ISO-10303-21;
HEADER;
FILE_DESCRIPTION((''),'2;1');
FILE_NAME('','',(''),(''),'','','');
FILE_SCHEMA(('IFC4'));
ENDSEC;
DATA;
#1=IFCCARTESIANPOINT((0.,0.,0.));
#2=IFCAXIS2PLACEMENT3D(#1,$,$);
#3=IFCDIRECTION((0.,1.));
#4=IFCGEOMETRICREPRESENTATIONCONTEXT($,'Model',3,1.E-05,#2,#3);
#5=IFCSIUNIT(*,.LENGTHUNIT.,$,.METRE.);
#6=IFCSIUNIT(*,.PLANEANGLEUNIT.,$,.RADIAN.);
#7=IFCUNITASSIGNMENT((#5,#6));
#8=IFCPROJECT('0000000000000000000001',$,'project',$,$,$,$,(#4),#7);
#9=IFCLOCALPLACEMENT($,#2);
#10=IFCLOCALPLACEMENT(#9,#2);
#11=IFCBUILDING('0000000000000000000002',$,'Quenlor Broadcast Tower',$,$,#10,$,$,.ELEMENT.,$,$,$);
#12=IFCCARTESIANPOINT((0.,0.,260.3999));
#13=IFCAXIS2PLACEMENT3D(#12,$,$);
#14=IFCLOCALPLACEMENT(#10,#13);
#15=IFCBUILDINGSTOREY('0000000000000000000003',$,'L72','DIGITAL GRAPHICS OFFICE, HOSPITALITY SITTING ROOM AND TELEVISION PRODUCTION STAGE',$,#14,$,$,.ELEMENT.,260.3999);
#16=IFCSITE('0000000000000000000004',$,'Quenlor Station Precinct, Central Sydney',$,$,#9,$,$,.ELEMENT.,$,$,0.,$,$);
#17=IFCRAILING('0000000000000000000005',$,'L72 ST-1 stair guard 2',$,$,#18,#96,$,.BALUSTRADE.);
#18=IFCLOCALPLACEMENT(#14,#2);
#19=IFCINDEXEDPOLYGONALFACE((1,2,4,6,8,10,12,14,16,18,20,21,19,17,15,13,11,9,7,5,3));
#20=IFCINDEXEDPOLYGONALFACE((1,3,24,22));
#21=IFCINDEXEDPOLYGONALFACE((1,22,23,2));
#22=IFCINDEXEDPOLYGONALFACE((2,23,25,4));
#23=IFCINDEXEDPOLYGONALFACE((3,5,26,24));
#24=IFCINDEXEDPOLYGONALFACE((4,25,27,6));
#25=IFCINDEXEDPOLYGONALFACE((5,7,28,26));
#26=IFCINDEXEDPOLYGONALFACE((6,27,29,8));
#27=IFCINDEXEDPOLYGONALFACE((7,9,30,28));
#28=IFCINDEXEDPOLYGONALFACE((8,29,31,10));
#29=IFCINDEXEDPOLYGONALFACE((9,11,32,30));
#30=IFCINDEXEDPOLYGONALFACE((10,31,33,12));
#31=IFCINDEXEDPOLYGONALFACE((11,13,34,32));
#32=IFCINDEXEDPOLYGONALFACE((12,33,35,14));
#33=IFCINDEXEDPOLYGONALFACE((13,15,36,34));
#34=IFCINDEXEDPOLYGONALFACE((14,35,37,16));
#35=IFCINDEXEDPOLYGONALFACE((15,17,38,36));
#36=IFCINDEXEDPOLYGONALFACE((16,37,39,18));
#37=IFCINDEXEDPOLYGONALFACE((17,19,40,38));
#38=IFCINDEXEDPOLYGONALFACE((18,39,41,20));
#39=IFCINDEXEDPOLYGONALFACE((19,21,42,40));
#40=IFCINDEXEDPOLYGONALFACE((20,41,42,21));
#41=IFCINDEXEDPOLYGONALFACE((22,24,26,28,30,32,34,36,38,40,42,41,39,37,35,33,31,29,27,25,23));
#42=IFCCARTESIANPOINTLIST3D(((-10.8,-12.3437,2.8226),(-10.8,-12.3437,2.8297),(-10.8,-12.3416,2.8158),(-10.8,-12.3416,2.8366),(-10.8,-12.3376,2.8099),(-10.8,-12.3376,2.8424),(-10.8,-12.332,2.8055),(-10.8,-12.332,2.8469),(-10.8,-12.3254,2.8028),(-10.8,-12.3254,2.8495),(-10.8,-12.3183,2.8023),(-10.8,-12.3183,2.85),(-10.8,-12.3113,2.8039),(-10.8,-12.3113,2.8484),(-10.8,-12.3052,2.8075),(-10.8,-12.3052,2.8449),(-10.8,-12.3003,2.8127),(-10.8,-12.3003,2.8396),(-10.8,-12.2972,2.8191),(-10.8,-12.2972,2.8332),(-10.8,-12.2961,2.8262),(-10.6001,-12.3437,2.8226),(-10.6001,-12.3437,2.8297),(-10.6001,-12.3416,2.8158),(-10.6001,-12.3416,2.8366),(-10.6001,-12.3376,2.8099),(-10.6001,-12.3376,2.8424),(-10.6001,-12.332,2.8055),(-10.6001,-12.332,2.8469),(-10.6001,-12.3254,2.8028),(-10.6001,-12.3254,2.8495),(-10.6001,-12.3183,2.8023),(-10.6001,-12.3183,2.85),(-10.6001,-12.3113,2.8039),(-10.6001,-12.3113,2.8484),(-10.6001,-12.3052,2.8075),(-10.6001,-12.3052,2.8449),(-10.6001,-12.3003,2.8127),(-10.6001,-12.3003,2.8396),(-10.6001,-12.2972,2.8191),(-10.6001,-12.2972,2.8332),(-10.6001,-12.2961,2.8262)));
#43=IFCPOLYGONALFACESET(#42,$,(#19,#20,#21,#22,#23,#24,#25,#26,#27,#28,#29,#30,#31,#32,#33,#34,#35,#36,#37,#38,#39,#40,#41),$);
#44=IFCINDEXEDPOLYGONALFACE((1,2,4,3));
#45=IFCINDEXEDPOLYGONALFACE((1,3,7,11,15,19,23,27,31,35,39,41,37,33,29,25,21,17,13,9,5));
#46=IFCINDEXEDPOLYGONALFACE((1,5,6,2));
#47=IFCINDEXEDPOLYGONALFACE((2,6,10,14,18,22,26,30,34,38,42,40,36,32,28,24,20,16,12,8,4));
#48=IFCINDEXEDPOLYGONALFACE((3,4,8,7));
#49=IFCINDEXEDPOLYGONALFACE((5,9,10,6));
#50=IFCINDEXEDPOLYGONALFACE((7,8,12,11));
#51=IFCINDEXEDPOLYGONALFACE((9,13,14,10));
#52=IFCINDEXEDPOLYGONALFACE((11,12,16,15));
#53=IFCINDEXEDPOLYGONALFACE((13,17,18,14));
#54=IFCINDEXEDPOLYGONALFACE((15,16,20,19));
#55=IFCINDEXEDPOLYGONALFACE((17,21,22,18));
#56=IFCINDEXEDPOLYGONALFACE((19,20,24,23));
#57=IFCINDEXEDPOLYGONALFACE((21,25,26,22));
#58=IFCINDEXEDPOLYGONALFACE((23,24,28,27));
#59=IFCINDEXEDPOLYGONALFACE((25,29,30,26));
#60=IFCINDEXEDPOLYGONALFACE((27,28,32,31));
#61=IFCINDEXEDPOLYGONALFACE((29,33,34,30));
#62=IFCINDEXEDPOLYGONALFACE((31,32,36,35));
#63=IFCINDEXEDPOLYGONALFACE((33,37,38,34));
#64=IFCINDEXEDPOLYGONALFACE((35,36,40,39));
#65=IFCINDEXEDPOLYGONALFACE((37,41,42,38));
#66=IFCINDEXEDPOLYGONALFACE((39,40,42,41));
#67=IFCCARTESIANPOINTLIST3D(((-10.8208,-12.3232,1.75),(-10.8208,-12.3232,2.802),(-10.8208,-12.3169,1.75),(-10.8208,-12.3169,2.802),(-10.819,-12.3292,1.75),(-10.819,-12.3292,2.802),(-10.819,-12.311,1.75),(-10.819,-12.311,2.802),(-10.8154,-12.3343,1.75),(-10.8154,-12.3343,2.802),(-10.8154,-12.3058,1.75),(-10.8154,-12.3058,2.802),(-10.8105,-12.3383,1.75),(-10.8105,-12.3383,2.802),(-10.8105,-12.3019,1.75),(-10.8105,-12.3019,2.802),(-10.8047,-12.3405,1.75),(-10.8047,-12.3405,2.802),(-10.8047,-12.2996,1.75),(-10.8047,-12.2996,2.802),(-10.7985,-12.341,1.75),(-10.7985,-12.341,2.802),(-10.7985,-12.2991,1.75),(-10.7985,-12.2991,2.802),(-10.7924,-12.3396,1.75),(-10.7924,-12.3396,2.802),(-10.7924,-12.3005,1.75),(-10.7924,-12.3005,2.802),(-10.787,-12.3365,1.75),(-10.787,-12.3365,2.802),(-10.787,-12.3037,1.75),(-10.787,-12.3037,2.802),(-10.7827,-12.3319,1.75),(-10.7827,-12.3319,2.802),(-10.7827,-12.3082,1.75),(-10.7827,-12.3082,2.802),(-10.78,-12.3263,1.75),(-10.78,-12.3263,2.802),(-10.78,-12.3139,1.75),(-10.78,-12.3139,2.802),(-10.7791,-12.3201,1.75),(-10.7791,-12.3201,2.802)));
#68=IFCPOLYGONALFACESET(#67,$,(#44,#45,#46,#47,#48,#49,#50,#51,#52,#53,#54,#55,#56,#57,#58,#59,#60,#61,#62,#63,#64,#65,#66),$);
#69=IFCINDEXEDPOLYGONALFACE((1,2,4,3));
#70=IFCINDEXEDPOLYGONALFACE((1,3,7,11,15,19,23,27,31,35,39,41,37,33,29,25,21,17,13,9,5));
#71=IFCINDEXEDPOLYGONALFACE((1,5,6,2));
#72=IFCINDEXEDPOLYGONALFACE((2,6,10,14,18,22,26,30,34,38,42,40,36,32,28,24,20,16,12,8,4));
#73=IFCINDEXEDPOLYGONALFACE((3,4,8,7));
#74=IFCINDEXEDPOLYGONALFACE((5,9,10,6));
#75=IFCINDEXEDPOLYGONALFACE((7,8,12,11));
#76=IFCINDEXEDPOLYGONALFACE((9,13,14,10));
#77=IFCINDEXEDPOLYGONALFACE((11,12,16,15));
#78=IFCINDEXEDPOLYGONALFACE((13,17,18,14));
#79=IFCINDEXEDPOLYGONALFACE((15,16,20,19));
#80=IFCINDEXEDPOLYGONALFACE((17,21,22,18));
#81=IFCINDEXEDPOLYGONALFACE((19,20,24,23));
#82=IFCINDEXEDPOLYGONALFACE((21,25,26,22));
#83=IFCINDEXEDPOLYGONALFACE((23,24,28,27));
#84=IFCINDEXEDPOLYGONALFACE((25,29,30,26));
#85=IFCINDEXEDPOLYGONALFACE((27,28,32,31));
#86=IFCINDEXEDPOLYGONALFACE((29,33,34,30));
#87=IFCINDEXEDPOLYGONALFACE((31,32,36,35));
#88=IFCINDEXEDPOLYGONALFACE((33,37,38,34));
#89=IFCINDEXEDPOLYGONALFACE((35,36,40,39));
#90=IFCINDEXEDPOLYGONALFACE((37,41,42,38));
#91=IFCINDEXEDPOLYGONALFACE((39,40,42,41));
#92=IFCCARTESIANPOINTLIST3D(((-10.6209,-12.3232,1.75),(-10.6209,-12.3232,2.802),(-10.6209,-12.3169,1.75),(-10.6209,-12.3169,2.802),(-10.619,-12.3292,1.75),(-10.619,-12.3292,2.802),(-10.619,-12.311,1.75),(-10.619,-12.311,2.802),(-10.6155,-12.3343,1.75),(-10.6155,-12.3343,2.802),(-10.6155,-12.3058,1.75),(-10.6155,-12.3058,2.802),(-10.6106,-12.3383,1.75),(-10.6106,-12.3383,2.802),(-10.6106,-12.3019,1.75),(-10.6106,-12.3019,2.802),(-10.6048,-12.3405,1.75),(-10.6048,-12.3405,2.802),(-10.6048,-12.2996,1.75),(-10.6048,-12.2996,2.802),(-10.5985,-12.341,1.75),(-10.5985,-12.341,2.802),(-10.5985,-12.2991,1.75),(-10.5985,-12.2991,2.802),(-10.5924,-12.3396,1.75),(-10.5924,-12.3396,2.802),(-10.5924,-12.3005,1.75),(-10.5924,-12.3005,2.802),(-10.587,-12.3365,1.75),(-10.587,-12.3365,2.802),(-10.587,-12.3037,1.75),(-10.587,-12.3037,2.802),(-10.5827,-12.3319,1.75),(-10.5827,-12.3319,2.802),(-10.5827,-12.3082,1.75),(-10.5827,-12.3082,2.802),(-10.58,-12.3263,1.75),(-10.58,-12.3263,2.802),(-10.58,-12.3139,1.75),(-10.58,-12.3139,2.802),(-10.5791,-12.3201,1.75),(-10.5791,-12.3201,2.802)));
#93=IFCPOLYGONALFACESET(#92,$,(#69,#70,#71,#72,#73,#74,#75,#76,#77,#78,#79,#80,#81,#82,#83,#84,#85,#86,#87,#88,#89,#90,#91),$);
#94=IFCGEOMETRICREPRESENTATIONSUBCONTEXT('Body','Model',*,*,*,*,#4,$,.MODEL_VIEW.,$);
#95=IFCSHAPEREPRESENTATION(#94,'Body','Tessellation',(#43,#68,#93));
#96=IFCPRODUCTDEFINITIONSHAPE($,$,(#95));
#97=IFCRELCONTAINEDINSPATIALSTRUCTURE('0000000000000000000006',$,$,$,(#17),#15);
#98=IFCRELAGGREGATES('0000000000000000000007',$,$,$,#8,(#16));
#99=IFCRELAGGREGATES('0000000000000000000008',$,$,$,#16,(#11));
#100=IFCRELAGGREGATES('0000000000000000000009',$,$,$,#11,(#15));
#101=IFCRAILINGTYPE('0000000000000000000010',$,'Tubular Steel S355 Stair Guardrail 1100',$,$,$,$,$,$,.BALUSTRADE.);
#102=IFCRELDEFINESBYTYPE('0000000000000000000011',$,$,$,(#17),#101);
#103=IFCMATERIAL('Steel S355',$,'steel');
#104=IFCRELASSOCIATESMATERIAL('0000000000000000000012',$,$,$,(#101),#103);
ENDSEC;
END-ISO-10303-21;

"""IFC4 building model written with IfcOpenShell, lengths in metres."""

from ifc_helpers import new_model, si_unit, direction, frame, origin, origin_2d, place, context, subcontext, project, spatial, circle, extrude, material, type_object, element, save


model = new_model("IFC4")

# Units and contexts
model_context = context("Model", 3, precision=1e-05, world=origin(), true_north=direction((0.0, 1.0)))
body_context = subcontext(model_context, "Body", "Model", "MODEL_VIEW")
ifc_project = project(units=[si_unit("LENGTHUNIT", "METRE"), si_unit("PLANEANGLEUNIT", "RADIAN")], contexts=[model_context])

# Site, building, storey
site_placement = place(None, origin())
site = spatial("IfcSite", under=ifc_project, at=site_placement, Name="Quenlor Station Precinct, Central Sydney", CompositionType="ELEMENT", RefElevation=0.0)
building_placement = place(site_placement, origin())
building = spatial("IfcBuilding", under=site, at=building_placement, Name="Quenlor Broadcast Tower", CompositionType="ELEMENT")
storey_placement = place(building_placement, frame((0.0, 0.0, 260.3999)))
storey = spatial("IfcBuildingStorey", under=building, at=storey_placement, Name="L72", Description="DIGITAL GRAPHICS OFFICE, HOSPITALITY SITTING ROOM AND TELEVISION PRODUCTION STAGE", CompositionType="ELEMENT", Elevation=260.3999)

# Railing
ifc_material_1 = material(Name="Steel S355", Category="steel")
railing_type_1 = type_object("IfcRailingType", Name="Tubular Steel S355 Stair Guardrail 1100", PredefinedType="BALUSTRADE", material=ifc_material_1)
railing_1_placement = place(storey_placement, frame((-10.8, -12.3201, 1.75)))
element("IfcRailing", 1, at=railing_1_placement, inside=storey, type_object=railing_type_1, Name="L72 ST-1 stair guard 2", PredefinedType="BALUSTRADE", context=body_context, shape_type="SweptSolid", body=[
    extrude(circle(Radius=0.0239, at=origin_2d()), frame((0.0, 0.0, 1.0762), z_axis=(1.0, 0.0, 0.0), x_axis=(0.0, 1.0, 0.0)), (0.0, 0.0, 1.0), 0.2),
    extrude(circle(Radius=0.021, at=origin_2d()), origin(), (0.0, 0.0, 1.0), 1.052),
    extrude(circle(Radius=0.021, at=origin_2d()), frame((0.2, 0.0, 0.0)), (0.0, 0.0, 1.0), 1.052),
])

save(model, "model.ifc")
